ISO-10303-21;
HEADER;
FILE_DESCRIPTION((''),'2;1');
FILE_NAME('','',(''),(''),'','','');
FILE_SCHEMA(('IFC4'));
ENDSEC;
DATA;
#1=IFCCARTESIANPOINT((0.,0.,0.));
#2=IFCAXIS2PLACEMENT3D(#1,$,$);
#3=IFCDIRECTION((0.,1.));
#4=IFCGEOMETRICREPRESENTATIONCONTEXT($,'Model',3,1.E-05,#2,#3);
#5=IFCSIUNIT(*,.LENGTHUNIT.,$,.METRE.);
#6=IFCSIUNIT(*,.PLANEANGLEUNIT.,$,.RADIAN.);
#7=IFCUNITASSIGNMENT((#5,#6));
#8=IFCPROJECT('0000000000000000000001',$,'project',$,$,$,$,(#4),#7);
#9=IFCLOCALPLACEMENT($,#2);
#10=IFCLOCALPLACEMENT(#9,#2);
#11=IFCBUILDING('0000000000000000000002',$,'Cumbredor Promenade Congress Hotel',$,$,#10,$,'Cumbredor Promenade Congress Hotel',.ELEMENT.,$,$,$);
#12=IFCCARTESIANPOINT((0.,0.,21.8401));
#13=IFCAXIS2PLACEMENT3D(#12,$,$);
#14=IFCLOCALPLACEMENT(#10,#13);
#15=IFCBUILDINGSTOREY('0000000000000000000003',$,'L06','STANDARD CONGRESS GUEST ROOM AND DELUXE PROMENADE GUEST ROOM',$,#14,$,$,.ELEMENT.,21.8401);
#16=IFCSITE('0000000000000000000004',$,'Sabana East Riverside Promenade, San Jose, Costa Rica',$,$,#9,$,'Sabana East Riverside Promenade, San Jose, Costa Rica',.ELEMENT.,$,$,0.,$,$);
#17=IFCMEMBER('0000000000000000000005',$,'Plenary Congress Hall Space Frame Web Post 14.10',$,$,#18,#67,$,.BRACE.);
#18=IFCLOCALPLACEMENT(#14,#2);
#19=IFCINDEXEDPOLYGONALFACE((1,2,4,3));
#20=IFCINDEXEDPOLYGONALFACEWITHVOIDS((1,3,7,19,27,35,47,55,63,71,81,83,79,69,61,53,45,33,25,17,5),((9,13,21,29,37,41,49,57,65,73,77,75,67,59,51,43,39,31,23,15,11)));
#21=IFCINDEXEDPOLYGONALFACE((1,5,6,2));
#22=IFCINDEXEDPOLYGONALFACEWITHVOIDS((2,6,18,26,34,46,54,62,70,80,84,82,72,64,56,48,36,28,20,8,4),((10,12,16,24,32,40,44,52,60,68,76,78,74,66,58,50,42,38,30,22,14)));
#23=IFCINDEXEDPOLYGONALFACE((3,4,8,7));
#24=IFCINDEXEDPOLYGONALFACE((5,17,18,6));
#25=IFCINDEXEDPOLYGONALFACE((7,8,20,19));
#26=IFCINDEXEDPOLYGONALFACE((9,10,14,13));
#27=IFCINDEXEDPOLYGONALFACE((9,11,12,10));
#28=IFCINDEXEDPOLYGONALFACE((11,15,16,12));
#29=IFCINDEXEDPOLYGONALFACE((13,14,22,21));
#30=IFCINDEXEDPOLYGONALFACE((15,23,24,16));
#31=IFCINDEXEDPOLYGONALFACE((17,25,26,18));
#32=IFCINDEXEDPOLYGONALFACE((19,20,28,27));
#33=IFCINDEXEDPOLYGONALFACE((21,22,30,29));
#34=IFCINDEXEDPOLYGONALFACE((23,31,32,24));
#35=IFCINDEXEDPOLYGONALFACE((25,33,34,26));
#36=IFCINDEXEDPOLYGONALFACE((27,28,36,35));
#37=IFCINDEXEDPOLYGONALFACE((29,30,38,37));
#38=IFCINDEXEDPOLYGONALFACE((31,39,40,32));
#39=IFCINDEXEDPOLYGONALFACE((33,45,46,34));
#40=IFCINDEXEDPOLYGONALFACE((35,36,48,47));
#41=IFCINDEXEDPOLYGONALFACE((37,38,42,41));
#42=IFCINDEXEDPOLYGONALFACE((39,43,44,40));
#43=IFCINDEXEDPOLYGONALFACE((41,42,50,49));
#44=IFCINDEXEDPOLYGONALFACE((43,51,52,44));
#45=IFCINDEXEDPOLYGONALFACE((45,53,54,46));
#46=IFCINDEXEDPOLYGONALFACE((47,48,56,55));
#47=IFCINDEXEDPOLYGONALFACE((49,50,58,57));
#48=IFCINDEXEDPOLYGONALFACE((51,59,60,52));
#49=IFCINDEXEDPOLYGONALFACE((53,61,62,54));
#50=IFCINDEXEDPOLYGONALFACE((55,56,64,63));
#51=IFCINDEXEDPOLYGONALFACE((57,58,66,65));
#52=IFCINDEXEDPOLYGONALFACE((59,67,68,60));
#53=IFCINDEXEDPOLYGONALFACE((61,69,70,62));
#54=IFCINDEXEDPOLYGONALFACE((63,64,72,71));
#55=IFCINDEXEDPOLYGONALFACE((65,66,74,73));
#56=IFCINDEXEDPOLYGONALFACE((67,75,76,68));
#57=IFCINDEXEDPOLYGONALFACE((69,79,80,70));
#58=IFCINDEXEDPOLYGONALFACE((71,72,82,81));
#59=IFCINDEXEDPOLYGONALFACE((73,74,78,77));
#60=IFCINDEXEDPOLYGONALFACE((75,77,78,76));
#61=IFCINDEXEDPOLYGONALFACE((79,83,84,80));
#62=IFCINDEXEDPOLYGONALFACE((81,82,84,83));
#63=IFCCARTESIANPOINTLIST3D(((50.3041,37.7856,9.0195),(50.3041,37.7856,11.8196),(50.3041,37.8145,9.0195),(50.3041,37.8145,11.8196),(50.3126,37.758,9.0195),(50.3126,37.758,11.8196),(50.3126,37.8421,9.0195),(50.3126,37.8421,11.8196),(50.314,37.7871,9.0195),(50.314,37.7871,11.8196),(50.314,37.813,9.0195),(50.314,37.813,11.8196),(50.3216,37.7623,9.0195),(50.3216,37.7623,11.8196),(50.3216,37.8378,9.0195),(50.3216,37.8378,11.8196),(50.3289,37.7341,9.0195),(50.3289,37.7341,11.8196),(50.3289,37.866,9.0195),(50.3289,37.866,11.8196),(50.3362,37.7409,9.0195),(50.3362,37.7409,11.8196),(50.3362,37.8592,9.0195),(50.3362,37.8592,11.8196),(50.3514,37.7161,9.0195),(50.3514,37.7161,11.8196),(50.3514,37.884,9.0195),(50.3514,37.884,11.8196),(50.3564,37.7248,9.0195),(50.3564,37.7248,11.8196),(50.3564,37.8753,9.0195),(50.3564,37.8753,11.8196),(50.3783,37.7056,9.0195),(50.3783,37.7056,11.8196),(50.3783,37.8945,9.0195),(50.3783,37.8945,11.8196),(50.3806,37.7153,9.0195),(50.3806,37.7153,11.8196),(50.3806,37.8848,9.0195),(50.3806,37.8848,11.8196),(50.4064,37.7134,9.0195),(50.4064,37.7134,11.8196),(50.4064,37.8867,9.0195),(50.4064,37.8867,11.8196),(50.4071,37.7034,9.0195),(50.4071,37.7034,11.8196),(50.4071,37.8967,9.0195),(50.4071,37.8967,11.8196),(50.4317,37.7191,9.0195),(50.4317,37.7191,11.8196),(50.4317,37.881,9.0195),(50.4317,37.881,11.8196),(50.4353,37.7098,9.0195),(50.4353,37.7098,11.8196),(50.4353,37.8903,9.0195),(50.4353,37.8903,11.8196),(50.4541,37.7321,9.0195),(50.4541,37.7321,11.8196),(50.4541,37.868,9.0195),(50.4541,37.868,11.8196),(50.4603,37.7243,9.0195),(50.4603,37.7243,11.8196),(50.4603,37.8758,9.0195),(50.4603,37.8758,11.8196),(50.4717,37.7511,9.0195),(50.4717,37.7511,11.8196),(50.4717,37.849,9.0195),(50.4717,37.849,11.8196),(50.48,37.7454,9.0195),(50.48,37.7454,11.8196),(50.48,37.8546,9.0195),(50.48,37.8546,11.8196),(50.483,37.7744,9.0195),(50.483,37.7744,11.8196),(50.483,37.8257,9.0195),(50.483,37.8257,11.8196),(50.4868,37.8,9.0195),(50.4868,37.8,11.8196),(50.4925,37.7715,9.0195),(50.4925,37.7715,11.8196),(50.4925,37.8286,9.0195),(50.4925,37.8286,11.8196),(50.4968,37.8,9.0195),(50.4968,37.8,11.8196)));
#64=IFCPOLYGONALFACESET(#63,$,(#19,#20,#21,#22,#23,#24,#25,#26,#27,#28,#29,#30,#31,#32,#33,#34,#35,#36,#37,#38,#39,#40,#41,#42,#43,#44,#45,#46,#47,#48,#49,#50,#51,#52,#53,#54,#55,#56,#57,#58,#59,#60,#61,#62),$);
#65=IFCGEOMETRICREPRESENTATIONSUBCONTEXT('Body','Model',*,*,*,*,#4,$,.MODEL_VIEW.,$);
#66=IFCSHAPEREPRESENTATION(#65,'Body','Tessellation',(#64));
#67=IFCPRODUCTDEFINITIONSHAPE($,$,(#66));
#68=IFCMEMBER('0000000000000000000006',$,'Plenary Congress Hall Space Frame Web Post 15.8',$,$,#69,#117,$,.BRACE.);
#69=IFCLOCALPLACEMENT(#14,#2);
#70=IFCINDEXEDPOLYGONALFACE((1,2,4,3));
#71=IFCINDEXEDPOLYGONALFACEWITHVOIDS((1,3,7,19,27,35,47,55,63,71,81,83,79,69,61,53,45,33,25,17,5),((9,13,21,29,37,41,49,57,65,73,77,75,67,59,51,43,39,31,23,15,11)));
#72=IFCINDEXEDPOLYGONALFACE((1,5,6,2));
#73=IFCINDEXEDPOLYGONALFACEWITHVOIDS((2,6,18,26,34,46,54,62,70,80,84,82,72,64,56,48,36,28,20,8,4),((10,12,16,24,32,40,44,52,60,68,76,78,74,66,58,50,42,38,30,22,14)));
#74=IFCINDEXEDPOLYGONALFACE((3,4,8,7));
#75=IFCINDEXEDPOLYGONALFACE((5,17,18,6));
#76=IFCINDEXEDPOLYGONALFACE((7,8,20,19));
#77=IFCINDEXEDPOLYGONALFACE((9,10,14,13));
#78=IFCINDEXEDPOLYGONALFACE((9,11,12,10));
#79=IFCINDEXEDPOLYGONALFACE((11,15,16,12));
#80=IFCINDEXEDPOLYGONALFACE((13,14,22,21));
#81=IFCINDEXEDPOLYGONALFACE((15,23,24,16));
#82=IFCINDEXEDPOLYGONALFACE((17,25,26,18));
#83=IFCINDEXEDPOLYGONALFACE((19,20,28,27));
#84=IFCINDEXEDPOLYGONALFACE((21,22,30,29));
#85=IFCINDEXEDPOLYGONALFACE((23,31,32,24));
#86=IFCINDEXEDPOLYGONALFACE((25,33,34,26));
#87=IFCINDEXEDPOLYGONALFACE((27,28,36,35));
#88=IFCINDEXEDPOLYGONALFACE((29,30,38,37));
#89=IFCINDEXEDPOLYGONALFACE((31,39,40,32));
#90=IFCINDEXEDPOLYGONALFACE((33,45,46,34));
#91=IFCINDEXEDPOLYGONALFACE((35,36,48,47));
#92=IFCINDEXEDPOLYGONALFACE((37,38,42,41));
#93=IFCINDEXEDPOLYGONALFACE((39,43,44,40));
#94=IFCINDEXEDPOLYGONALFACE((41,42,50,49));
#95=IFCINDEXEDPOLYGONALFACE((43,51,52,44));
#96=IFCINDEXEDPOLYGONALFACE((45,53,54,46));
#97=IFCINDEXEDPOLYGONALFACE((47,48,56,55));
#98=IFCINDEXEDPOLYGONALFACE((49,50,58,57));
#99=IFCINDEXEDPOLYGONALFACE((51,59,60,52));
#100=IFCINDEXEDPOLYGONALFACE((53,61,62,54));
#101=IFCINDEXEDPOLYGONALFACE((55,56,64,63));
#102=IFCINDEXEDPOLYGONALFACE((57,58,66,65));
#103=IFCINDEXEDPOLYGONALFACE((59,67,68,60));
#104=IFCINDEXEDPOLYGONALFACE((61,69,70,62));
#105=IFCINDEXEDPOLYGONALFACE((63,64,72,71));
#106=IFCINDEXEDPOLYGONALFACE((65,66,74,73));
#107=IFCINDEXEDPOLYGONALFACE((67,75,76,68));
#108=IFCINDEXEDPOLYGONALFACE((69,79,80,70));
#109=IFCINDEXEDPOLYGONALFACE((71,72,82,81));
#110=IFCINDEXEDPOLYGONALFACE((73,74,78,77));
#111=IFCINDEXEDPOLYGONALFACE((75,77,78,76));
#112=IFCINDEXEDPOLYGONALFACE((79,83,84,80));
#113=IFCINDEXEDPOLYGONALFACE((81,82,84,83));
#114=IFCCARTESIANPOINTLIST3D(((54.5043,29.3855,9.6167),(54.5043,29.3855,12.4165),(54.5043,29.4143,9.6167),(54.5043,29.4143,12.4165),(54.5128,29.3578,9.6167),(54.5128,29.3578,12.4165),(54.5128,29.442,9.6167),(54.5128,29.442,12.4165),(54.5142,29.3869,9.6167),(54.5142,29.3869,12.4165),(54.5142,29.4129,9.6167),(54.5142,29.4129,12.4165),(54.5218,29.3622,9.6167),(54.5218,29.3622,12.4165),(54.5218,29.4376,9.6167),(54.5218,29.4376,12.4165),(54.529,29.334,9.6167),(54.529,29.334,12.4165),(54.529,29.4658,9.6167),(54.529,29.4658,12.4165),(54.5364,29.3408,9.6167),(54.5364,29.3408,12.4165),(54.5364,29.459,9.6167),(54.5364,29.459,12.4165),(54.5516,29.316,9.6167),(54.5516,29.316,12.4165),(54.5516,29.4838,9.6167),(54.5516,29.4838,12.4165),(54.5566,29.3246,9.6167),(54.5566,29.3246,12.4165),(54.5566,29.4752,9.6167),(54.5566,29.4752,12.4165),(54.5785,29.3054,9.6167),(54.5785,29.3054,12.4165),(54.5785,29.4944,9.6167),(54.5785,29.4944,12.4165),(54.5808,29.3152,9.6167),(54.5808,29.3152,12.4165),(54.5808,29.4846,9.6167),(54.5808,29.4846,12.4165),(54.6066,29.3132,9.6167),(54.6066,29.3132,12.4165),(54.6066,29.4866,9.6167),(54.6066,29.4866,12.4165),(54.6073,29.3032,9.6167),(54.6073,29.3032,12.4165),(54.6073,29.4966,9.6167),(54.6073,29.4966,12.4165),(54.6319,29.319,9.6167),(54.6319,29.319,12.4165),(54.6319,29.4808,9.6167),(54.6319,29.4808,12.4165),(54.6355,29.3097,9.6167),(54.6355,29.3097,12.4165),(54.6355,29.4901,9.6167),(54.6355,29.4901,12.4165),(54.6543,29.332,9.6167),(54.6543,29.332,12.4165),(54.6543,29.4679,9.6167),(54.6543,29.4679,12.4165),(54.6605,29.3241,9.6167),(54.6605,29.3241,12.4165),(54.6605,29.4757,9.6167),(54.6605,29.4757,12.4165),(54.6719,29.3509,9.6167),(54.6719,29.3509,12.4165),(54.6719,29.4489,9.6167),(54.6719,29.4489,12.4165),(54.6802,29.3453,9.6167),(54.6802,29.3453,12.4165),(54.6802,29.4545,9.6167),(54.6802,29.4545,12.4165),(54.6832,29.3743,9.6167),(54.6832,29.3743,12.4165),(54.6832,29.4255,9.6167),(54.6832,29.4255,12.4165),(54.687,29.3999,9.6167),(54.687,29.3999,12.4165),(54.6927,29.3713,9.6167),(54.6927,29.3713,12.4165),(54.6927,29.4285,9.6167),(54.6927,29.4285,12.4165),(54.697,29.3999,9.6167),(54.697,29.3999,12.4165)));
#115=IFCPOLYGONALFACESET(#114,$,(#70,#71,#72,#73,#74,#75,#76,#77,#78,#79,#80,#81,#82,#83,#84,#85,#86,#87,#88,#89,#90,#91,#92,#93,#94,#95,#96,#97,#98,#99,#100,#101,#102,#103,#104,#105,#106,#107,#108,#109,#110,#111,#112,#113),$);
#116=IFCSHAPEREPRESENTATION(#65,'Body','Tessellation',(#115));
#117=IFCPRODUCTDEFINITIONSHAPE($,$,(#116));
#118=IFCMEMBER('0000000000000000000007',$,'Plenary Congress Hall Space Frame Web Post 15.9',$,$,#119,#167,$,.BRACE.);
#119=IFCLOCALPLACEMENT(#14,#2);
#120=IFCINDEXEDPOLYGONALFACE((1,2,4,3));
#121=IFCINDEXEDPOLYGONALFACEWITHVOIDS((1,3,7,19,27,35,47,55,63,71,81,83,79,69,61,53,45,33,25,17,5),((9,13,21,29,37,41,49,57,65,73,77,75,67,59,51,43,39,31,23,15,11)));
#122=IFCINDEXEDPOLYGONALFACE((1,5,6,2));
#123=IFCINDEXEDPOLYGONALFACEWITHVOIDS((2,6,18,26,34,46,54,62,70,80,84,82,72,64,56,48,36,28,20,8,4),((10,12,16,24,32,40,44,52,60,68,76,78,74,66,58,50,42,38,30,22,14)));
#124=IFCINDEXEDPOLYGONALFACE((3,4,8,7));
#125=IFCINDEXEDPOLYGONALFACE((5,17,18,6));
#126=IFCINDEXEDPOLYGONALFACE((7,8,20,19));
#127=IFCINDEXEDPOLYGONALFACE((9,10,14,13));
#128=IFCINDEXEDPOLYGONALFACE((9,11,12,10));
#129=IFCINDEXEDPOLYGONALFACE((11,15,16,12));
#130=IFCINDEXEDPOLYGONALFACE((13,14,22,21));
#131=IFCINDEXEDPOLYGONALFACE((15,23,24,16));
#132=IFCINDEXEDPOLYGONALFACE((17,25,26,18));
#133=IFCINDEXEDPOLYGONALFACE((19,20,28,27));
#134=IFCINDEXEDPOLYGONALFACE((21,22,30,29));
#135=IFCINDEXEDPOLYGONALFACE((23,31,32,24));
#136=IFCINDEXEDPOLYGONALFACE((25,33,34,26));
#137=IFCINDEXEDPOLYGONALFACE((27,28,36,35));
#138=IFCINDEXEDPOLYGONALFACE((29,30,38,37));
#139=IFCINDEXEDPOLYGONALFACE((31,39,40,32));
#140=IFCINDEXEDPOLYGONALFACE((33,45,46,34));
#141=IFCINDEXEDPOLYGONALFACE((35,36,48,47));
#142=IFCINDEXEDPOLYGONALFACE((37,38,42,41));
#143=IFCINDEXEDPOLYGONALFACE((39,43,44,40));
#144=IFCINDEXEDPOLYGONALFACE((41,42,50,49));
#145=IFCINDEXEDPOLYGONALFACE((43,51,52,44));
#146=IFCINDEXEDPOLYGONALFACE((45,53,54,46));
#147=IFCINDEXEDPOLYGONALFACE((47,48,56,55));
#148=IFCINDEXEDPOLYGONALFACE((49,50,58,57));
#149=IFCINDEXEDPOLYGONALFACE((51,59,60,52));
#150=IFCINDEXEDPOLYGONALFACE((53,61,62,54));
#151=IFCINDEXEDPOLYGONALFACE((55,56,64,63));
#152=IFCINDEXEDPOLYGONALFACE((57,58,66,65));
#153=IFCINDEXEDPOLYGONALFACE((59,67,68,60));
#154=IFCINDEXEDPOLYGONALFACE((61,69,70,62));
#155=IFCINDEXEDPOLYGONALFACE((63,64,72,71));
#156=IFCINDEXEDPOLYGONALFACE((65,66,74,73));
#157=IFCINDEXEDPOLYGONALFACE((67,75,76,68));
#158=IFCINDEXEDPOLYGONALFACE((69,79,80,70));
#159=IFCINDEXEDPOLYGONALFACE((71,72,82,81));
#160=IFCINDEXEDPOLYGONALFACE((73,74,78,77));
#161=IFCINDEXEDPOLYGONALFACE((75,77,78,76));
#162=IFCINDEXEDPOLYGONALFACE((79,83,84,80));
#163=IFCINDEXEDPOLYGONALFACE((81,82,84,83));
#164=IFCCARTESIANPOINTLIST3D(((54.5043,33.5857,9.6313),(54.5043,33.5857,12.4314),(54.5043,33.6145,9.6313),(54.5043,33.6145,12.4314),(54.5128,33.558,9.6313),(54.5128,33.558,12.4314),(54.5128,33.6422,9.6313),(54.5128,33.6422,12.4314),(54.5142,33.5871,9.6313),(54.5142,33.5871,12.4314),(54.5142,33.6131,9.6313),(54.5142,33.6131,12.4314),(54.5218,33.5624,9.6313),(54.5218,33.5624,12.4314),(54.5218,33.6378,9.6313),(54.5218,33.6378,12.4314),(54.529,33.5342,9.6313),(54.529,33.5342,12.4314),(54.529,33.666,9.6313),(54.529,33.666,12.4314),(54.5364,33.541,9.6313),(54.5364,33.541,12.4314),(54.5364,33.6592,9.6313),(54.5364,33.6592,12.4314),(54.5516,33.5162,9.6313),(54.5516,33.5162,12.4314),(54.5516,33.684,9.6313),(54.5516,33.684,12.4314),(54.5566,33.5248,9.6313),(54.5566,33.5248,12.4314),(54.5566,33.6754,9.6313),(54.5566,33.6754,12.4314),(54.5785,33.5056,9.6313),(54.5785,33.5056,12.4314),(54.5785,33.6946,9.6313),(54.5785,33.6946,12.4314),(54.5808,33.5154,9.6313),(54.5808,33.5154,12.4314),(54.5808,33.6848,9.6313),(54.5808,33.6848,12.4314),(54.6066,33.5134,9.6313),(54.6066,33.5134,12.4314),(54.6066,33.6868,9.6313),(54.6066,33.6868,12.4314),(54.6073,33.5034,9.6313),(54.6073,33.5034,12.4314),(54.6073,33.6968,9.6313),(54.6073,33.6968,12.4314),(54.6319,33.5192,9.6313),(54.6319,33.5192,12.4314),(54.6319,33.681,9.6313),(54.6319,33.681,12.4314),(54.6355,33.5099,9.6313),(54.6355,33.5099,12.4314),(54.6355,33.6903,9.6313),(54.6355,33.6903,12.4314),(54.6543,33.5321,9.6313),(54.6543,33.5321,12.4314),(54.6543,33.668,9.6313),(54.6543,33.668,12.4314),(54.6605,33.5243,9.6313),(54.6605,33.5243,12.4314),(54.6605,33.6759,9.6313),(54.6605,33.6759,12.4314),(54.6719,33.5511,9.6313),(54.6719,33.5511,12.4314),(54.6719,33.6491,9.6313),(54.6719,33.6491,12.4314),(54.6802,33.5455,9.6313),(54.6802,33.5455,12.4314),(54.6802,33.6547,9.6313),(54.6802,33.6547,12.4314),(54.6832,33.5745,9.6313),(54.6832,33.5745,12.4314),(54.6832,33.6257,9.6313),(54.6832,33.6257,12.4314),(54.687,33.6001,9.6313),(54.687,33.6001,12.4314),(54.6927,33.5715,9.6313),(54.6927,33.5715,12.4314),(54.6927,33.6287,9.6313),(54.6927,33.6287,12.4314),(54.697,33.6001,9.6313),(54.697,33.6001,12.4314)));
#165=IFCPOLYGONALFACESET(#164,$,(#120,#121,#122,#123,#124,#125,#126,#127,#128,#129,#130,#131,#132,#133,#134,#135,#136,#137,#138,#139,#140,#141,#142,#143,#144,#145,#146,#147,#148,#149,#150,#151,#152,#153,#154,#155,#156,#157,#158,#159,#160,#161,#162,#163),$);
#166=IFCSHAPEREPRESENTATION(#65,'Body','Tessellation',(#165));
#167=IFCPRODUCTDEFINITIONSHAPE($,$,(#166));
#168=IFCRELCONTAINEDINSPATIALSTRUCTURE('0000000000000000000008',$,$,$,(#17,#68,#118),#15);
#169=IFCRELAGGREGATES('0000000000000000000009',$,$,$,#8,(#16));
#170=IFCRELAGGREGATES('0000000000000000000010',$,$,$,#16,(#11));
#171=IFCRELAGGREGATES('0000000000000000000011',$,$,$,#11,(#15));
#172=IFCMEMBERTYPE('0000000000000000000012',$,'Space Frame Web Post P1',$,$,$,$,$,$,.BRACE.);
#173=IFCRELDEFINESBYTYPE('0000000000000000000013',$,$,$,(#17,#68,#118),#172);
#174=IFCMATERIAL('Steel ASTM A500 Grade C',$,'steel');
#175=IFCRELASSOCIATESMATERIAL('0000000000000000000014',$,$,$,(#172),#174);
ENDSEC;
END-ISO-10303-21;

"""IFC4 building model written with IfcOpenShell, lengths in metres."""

from ifc_helpers import new_model, si_unit, direction, frame, origin, origin_2d, place, context, subcontext, project, spatial, hollow_circle, extrude, material, material_profile, profile_set, type_object, element, save


model = new_model("IFC4")

# Units and contexts
model_context = context("Model", 3, precision=1e-05, world=origin(), true_north=direction((0.0, 1.0)))
body_context = subcontext(model_context, "Body", "Model", "MODEL_VIEW")
ifc_project = project(units=[si_unit("LENGTHUNIT", "METRE"), si_unit("PLANEANGLEUNIT", "RADIAN")], contexts=[model_context])

# Site, building, storey
site_placement = place(None, origin())
site = spatial("IfcSite", under=ifc_project, at=site_placement, Name="Sabana East Riverside Promenade, San Jose, Costa Rica", LongName="Sabana East Riverside Promenade, San Jose, Costa Rica", CompositionType="ELEMENT", RefElevation=0.0)
building_placement = place(site_placement, origin())
building = spatial("IfcBuilding", under=site, at=building_placement, Name="Cumbredor Promenade Congress Hotel", LongName="Cumbredor Promenade Congress Hotel", CompositionType="ELEMENT")
storey_placement = place(building_placement, frame((0.0, 0.0, 21.8401)))
storey = spatial("IfcBuildingStorey", under=building, at=storey_placement, Name="L06", Description="STANDARD CONGRESS GUEST ROOM AND DELUXE PROMENADE GUEST ROOM", CompositionType="ELEMENT", Elevation=21.8401)

# Members
ifc_material_1 = material(Name="Steel ASTM A500 Grade C", Category="steel")
ifc_material_profile_1 = material_profile(ifc_material_1, hollow_circle(Radius=0.0969, WallThickness=0.01, at=origin_2d()), Name="CHS 193.7x10")
ifc_profile_set_1 = profile_set([ifc_material_profile_1], Name="Steel ASTM A500 Grade C")
member_type_1 = type_object("IfcMemberType", Name="Space Frame Web Post P1", PredefinedType="BRACE", material=ifc_profile_set_1)
member_1_placement = place(storey_placement, frame((50.3999, 37.8, 9.0195), z_axis=(0.0, 0.0, 1.0), x_axis=(1.0, 0.0, 0.0)))
element("IfcMember", 1, at=member_1_placement, inside=storey, type_object=member_type_1, Name="Plenary Congress Hall Space Frame Web Post 14.10", PredefinedType="BRACE", context=body_context, shape_type="SweptSolid", body=[
    extrude(hollow_circle(Radius=0.0969, WallThickness=0.01, at=origin_2d()), origin(), (0.0, 0.0, 1.0), 2.8),
])
member_2_placement = place(storey_placement, frame((54.6001, 29.3999, 9.6167), z_axis=(0.0, 0.0, 1.0), x_axis=(1.0, 0.0, 0.0)))
element("IfcMember", 2, at=member_2_placement, inside=storey, type_object=member_type_1, Name="Plenary Congress Hall Space Frame Web Post 15.8", PredefinedType="BRACE", context=body_context, shape_type="SweptSolid", body=[
    extrude(hollow_circle(Radius=0.0969, WallThickness=0.01, at=origin_2d()), origin(), (0.0, 0.0, 1.0), 2.7998),
])
for number, where, z_axis, x_axis, name in (
    (3, (54.6001, 33.6001, 9.6313), (0.0, 0.0, 1.0), (1.0, 0.0, 0.0), "Plenary Congress Hall Space Frame Web Post 15.9"),
):
    element("IfcMember", number, at=place(storey_placement, frame(where, z_axis=z_axis, x_axis=x_axis)), inside=storey, type_object=member_type_1, Name=name, PredefinedType="BRACE", context=body_context, shape_type="SweptSolid", body=[
        extrude(hollow_circle(Radius=0.0969, WallThickness=0.01, at=origin_2d()), origin(), (0.0, 0.0, 1.0), 2.8),
    ])

save(model, "model.ifc")
